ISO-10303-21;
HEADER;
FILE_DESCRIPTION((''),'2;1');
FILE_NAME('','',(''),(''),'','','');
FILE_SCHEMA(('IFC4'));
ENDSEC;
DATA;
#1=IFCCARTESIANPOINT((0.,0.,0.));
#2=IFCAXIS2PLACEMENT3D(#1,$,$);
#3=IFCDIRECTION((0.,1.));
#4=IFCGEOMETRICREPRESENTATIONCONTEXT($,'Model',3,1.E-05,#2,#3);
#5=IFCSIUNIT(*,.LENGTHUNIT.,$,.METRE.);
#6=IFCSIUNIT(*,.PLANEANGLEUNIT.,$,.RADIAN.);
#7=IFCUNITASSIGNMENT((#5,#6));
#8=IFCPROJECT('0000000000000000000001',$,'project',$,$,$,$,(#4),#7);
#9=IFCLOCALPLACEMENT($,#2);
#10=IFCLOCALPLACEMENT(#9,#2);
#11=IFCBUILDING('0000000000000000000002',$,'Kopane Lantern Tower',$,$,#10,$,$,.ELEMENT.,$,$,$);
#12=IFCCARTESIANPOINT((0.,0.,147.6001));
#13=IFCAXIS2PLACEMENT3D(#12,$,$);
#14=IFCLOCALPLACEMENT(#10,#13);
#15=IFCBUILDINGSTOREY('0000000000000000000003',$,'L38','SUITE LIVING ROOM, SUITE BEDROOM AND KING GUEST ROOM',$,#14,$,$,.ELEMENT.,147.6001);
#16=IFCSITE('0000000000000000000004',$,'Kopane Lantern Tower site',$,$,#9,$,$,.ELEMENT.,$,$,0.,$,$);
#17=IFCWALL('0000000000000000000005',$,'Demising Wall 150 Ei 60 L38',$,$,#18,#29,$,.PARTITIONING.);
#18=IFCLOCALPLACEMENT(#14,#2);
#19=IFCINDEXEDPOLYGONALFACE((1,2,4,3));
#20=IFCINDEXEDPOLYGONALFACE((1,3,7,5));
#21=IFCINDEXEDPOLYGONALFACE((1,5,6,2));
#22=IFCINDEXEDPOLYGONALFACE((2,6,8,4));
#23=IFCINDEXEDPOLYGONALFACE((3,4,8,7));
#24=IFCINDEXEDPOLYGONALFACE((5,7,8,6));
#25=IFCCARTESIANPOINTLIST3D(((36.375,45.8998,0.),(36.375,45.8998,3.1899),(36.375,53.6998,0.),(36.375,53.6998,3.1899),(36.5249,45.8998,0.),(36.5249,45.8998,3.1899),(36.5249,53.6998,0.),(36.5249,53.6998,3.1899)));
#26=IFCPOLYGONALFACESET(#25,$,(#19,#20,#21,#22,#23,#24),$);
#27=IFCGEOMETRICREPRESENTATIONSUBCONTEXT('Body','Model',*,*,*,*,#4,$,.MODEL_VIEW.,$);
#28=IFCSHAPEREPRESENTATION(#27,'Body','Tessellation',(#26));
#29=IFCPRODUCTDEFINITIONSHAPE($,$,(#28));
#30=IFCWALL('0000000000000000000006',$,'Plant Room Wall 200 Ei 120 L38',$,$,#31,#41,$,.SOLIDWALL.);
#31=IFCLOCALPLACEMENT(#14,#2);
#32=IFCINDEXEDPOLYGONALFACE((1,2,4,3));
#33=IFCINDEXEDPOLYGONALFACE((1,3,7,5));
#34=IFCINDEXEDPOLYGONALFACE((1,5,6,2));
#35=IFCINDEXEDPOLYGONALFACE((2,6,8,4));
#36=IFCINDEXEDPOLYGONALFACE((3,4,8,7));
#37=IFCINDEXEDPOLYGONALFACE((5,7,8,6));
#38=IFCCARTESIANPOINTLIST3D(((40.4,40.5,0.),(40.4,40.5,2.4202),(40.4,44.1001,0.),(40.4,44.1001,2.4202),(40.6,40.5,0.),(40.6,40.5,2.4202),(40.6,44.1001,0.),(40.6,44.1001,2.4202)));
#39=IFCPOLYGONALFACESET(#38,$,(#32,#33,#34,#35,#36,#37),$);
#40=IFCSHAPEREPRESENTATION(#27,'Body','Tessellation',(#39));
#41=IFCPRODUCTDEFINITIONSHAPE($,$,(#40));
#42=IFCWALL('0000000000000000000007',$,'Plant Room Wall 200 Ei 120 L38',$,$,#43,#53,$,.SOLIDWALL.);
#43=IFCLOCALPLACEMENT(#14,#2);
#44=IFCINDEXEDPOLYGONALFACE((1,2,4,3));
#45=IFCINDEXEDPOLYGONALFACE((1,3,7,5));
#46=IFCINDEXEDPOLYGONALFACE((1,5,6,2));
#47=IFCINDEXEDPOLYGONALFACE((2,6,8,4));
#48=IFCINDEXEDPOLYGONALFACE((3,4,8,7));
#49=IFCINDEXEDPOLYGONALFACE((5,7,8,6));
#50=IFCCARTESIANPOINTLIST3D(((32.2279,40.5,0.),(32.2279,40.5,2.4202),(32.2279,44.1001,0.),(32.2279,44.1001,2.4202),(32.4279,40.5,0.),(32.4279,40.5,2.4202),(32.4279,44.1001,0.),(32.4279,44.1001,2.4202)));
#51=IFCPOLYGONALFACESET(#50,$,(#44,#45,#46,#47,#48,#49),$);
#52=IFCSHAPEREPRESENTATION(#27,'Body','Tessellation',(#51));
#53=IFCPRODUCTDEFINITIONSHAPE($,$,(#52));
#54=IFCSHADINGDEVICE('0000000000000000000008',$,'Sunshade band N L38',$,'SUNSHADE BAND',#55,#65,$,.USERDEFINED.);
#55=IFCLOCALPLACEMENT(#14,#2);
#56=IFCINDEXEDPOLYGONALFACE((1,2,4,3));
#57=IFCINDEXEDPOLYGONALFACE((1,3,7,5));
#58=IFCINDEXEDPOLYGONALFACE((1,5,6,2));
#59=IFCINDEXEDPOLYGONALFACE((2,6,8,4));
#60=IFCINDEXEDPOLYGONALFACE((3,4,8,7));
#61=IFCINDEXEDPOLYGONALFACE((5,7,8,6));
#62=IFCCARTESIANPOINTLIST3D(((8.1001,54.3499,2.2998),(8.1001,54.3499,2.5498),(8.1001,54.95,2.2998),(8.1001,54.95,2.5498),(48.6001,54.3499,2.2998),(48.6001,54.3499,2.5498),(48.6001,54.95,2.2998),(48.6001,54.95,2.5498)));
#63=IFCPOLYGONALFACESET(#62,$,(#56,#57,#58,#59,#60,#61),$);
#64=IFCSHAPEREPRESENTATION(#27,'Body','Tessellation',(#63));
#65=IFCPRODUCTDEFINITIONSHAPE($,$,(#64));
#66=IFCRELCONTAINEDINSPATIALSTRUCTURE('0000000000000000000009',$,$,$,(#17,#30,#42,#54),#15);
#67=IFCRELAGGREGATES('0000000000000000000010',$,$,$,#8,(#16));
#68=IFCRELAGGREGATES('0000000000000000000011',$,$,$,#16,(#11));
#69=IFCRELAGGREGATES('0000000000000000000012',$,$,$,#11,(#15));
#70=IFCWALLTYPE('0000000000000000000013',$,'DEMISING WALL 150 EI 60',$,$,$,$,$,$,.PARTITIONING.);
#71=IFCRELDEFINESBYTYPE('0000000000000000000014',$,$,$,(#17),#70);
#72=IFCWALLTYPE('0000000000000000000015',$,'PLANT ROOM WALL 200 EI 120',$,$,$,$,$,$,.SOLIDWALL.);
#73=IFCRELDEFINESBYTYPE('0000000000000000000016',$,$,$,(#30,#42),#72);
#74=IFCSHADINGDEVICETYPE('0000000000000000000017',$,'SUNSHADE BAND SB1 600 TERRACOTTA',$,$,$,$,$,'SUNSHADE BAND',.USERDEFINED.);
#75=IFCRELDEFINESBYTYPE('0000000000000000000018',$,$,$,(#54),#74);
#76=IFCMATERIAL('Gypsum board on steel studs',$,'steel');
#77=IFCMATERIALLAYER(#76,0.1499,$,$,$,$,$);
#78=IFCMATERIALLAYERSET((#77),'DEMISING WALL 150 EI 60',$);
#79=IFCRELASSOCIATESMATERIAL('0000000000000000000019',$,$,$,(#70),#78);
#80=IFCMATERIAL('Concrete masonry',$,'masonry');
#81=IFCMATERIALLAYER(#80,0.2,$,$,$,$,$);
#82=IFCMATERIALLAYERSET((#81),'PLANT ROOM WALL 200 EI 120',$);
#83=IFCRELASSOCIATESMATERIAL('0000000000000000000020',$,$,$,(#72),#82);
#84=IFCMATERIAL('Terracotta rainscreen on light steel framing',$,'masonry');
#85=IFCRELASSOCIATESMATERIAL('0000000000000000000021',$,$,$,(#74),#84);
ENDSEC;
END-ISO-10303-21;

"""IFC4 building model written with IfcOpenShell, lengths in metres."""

from ifc_helpers import new_model, si_unit, direction, frame, frame_2d, origin, origin_2d, place, context, subcontext, project, spatial, rectangle, extrude, material, layer, layer_set, type_object, element, save


model = new_model("IFC4")

# Units and contexts
model_context = context("Model", 3, precision=1e-05, world=origin(), true_north=direction((0.0, 1.0)))
body_context = subcontext(model_context, "Body", "Model", "MODEL_VIEW")
ifc_project = project(units=[si_unit("LENGTHUNIT", "METRE"), si_unit("PLANEANGLEUNIT", "RADIAN")], contexts=[model_context])

# Site, building, storey
site_placement = place(None, origin())
site = spatial("IfcSite", under=ifc_project, at=site_placement, Name="Kopane Lantern Tower site", CompositionType="ELEMENT", RefElevation=0.0)
building_placement = place(site_placement, origin())
building = spatial("IfcBuilding", under=site, at=building_placement, Name="Kopane Lantern Tower", CompositionType="ELEMENT")
storey_placement = place(building_placement, frame((0.0, 0.0, 147.6001)))
storey = spatial("IfcBuildingStorey", under=building, at=storey_placement, Name="L38", Description="SUITE LIVING ROOM, SUITE BEDROOM AND KING GUEST ROOM", CompositionType="ELEMENT", Elevation=147.6001)

# Walls
ifc_material_1 = material(Name="Gypsum board on steel studs", Category="steel")
ifc_layer_1 = layer(ifc_material_1, 0.1499)
ifc_layer_set_1 = layer_set([ifc_layer_1], Name="DEMISING WALL 150 EI 60")
wall_type_1 = type_object("IfcWallType", Name="DEMISING WALL 150 EI 60", PredefinedType="PARTITIONING", material=ifc_layer_set_1)
for number, where, z_axis, x_axis, name in (
    (1, (36.45, 45.8999, 0.0), (0.0, 0.0, 1.0), (0.0, 1.0, 0.0), "Demising Wall 150 Ei 60 L38"),
):
    element("IfcWall", number, at=place(storey_placement, frame(where, z_axis=z_axis, x_axis=x_axis)), inside=storey, type_object=wall_type_1, Name=name, PredefinedType="PARTITIONING", context=body_context, shape_type="SweptSolid", body=[
        extrude(rectangle(XDim=7.8, YDim=0.1499, at=frame_2d((3.8999, 0.0))), origin(), (0.0, 0.0, 1.0), 3.1899),
    ])
ifc_material_2 = material(Name="Concrete masonry", Category="masonry")
ifc_layer_2 = layer(ifc_material_2, 0.2)
ifc_layer_set_2 = layer_set([ifc_layer_2], Name="PLANT ROOM WALL 200 EI 120")
wall_type_2 = type_object("IfcWallType", Name="PLANT ROOM WALL 200 EI 120", PredefinedType="SOLIDWALL", material=ifc_layer_set_2)
for number, where, z_axis, x_axis, name in (
    (2, (40.5, 40.5, 0.0), (0.0, 0.0, 1.0), (0.0, 1.0, 0.0), "Plant Room Wall 200 Ei 120 L38"),
    (3, (32.3279, 44.1001, 0.0), (0.0, 0.0, 1.0), (0.0, -1.0, 0.0), "Plant Room Wall 200 Ei 120 L38"),
):
    element("IfcWall", number, at=place(storey_placement, frame(where, z_axis=z_axis, x_axis=x_axis)), inside=storey, type_object=wall_type_2, Name=name, PredefinedType="SOLIDWALL", context=body_context, shape_type="SweptSolid", body=[
        extrude(rectangle(XDim=3.6001, YDim=0.2, at=frame_2d((1.8, 0.0))), origin(), (0.0, 0.0, 1.0), 2.4202),
    ])

# Shading device
ifc_material_3 = material(Name="Terracotta rainscreen on light steel framing", Category="masonry")
shading_device_type = type_object("IfcShadingDeviceType", Name="SUNSHADE BAND SB1 600 TERRACOTTA", ElementType="SUNSHADE BAND", PredefinedType="USERDEFINED", material=ifc_material_3)
shading_device_placement = place(storey_placement, frame((28.3501, 54.6499, 2.2998), z_axis=(0.0, 0.0, 1.0), x_axis=(-1.0, 0.0, 0.0)))
element("IfcShadingDevice", 4, at=shading_device_placement, inside=storey, type_object=shading_device_type, Name="Sunshade band N L38", ObjectType="SUNSHADE BAND", PredefinedType="USERDEFINED", context=body_context, shape_type="SweptSolid", body=[
    extrude(rectangle(XDim=40.5, YDim=0.6001, at=origin_2d()), origin(), (0.0, 0.0, 1.0), 0.25),
])

save(model, "model.ifc")
